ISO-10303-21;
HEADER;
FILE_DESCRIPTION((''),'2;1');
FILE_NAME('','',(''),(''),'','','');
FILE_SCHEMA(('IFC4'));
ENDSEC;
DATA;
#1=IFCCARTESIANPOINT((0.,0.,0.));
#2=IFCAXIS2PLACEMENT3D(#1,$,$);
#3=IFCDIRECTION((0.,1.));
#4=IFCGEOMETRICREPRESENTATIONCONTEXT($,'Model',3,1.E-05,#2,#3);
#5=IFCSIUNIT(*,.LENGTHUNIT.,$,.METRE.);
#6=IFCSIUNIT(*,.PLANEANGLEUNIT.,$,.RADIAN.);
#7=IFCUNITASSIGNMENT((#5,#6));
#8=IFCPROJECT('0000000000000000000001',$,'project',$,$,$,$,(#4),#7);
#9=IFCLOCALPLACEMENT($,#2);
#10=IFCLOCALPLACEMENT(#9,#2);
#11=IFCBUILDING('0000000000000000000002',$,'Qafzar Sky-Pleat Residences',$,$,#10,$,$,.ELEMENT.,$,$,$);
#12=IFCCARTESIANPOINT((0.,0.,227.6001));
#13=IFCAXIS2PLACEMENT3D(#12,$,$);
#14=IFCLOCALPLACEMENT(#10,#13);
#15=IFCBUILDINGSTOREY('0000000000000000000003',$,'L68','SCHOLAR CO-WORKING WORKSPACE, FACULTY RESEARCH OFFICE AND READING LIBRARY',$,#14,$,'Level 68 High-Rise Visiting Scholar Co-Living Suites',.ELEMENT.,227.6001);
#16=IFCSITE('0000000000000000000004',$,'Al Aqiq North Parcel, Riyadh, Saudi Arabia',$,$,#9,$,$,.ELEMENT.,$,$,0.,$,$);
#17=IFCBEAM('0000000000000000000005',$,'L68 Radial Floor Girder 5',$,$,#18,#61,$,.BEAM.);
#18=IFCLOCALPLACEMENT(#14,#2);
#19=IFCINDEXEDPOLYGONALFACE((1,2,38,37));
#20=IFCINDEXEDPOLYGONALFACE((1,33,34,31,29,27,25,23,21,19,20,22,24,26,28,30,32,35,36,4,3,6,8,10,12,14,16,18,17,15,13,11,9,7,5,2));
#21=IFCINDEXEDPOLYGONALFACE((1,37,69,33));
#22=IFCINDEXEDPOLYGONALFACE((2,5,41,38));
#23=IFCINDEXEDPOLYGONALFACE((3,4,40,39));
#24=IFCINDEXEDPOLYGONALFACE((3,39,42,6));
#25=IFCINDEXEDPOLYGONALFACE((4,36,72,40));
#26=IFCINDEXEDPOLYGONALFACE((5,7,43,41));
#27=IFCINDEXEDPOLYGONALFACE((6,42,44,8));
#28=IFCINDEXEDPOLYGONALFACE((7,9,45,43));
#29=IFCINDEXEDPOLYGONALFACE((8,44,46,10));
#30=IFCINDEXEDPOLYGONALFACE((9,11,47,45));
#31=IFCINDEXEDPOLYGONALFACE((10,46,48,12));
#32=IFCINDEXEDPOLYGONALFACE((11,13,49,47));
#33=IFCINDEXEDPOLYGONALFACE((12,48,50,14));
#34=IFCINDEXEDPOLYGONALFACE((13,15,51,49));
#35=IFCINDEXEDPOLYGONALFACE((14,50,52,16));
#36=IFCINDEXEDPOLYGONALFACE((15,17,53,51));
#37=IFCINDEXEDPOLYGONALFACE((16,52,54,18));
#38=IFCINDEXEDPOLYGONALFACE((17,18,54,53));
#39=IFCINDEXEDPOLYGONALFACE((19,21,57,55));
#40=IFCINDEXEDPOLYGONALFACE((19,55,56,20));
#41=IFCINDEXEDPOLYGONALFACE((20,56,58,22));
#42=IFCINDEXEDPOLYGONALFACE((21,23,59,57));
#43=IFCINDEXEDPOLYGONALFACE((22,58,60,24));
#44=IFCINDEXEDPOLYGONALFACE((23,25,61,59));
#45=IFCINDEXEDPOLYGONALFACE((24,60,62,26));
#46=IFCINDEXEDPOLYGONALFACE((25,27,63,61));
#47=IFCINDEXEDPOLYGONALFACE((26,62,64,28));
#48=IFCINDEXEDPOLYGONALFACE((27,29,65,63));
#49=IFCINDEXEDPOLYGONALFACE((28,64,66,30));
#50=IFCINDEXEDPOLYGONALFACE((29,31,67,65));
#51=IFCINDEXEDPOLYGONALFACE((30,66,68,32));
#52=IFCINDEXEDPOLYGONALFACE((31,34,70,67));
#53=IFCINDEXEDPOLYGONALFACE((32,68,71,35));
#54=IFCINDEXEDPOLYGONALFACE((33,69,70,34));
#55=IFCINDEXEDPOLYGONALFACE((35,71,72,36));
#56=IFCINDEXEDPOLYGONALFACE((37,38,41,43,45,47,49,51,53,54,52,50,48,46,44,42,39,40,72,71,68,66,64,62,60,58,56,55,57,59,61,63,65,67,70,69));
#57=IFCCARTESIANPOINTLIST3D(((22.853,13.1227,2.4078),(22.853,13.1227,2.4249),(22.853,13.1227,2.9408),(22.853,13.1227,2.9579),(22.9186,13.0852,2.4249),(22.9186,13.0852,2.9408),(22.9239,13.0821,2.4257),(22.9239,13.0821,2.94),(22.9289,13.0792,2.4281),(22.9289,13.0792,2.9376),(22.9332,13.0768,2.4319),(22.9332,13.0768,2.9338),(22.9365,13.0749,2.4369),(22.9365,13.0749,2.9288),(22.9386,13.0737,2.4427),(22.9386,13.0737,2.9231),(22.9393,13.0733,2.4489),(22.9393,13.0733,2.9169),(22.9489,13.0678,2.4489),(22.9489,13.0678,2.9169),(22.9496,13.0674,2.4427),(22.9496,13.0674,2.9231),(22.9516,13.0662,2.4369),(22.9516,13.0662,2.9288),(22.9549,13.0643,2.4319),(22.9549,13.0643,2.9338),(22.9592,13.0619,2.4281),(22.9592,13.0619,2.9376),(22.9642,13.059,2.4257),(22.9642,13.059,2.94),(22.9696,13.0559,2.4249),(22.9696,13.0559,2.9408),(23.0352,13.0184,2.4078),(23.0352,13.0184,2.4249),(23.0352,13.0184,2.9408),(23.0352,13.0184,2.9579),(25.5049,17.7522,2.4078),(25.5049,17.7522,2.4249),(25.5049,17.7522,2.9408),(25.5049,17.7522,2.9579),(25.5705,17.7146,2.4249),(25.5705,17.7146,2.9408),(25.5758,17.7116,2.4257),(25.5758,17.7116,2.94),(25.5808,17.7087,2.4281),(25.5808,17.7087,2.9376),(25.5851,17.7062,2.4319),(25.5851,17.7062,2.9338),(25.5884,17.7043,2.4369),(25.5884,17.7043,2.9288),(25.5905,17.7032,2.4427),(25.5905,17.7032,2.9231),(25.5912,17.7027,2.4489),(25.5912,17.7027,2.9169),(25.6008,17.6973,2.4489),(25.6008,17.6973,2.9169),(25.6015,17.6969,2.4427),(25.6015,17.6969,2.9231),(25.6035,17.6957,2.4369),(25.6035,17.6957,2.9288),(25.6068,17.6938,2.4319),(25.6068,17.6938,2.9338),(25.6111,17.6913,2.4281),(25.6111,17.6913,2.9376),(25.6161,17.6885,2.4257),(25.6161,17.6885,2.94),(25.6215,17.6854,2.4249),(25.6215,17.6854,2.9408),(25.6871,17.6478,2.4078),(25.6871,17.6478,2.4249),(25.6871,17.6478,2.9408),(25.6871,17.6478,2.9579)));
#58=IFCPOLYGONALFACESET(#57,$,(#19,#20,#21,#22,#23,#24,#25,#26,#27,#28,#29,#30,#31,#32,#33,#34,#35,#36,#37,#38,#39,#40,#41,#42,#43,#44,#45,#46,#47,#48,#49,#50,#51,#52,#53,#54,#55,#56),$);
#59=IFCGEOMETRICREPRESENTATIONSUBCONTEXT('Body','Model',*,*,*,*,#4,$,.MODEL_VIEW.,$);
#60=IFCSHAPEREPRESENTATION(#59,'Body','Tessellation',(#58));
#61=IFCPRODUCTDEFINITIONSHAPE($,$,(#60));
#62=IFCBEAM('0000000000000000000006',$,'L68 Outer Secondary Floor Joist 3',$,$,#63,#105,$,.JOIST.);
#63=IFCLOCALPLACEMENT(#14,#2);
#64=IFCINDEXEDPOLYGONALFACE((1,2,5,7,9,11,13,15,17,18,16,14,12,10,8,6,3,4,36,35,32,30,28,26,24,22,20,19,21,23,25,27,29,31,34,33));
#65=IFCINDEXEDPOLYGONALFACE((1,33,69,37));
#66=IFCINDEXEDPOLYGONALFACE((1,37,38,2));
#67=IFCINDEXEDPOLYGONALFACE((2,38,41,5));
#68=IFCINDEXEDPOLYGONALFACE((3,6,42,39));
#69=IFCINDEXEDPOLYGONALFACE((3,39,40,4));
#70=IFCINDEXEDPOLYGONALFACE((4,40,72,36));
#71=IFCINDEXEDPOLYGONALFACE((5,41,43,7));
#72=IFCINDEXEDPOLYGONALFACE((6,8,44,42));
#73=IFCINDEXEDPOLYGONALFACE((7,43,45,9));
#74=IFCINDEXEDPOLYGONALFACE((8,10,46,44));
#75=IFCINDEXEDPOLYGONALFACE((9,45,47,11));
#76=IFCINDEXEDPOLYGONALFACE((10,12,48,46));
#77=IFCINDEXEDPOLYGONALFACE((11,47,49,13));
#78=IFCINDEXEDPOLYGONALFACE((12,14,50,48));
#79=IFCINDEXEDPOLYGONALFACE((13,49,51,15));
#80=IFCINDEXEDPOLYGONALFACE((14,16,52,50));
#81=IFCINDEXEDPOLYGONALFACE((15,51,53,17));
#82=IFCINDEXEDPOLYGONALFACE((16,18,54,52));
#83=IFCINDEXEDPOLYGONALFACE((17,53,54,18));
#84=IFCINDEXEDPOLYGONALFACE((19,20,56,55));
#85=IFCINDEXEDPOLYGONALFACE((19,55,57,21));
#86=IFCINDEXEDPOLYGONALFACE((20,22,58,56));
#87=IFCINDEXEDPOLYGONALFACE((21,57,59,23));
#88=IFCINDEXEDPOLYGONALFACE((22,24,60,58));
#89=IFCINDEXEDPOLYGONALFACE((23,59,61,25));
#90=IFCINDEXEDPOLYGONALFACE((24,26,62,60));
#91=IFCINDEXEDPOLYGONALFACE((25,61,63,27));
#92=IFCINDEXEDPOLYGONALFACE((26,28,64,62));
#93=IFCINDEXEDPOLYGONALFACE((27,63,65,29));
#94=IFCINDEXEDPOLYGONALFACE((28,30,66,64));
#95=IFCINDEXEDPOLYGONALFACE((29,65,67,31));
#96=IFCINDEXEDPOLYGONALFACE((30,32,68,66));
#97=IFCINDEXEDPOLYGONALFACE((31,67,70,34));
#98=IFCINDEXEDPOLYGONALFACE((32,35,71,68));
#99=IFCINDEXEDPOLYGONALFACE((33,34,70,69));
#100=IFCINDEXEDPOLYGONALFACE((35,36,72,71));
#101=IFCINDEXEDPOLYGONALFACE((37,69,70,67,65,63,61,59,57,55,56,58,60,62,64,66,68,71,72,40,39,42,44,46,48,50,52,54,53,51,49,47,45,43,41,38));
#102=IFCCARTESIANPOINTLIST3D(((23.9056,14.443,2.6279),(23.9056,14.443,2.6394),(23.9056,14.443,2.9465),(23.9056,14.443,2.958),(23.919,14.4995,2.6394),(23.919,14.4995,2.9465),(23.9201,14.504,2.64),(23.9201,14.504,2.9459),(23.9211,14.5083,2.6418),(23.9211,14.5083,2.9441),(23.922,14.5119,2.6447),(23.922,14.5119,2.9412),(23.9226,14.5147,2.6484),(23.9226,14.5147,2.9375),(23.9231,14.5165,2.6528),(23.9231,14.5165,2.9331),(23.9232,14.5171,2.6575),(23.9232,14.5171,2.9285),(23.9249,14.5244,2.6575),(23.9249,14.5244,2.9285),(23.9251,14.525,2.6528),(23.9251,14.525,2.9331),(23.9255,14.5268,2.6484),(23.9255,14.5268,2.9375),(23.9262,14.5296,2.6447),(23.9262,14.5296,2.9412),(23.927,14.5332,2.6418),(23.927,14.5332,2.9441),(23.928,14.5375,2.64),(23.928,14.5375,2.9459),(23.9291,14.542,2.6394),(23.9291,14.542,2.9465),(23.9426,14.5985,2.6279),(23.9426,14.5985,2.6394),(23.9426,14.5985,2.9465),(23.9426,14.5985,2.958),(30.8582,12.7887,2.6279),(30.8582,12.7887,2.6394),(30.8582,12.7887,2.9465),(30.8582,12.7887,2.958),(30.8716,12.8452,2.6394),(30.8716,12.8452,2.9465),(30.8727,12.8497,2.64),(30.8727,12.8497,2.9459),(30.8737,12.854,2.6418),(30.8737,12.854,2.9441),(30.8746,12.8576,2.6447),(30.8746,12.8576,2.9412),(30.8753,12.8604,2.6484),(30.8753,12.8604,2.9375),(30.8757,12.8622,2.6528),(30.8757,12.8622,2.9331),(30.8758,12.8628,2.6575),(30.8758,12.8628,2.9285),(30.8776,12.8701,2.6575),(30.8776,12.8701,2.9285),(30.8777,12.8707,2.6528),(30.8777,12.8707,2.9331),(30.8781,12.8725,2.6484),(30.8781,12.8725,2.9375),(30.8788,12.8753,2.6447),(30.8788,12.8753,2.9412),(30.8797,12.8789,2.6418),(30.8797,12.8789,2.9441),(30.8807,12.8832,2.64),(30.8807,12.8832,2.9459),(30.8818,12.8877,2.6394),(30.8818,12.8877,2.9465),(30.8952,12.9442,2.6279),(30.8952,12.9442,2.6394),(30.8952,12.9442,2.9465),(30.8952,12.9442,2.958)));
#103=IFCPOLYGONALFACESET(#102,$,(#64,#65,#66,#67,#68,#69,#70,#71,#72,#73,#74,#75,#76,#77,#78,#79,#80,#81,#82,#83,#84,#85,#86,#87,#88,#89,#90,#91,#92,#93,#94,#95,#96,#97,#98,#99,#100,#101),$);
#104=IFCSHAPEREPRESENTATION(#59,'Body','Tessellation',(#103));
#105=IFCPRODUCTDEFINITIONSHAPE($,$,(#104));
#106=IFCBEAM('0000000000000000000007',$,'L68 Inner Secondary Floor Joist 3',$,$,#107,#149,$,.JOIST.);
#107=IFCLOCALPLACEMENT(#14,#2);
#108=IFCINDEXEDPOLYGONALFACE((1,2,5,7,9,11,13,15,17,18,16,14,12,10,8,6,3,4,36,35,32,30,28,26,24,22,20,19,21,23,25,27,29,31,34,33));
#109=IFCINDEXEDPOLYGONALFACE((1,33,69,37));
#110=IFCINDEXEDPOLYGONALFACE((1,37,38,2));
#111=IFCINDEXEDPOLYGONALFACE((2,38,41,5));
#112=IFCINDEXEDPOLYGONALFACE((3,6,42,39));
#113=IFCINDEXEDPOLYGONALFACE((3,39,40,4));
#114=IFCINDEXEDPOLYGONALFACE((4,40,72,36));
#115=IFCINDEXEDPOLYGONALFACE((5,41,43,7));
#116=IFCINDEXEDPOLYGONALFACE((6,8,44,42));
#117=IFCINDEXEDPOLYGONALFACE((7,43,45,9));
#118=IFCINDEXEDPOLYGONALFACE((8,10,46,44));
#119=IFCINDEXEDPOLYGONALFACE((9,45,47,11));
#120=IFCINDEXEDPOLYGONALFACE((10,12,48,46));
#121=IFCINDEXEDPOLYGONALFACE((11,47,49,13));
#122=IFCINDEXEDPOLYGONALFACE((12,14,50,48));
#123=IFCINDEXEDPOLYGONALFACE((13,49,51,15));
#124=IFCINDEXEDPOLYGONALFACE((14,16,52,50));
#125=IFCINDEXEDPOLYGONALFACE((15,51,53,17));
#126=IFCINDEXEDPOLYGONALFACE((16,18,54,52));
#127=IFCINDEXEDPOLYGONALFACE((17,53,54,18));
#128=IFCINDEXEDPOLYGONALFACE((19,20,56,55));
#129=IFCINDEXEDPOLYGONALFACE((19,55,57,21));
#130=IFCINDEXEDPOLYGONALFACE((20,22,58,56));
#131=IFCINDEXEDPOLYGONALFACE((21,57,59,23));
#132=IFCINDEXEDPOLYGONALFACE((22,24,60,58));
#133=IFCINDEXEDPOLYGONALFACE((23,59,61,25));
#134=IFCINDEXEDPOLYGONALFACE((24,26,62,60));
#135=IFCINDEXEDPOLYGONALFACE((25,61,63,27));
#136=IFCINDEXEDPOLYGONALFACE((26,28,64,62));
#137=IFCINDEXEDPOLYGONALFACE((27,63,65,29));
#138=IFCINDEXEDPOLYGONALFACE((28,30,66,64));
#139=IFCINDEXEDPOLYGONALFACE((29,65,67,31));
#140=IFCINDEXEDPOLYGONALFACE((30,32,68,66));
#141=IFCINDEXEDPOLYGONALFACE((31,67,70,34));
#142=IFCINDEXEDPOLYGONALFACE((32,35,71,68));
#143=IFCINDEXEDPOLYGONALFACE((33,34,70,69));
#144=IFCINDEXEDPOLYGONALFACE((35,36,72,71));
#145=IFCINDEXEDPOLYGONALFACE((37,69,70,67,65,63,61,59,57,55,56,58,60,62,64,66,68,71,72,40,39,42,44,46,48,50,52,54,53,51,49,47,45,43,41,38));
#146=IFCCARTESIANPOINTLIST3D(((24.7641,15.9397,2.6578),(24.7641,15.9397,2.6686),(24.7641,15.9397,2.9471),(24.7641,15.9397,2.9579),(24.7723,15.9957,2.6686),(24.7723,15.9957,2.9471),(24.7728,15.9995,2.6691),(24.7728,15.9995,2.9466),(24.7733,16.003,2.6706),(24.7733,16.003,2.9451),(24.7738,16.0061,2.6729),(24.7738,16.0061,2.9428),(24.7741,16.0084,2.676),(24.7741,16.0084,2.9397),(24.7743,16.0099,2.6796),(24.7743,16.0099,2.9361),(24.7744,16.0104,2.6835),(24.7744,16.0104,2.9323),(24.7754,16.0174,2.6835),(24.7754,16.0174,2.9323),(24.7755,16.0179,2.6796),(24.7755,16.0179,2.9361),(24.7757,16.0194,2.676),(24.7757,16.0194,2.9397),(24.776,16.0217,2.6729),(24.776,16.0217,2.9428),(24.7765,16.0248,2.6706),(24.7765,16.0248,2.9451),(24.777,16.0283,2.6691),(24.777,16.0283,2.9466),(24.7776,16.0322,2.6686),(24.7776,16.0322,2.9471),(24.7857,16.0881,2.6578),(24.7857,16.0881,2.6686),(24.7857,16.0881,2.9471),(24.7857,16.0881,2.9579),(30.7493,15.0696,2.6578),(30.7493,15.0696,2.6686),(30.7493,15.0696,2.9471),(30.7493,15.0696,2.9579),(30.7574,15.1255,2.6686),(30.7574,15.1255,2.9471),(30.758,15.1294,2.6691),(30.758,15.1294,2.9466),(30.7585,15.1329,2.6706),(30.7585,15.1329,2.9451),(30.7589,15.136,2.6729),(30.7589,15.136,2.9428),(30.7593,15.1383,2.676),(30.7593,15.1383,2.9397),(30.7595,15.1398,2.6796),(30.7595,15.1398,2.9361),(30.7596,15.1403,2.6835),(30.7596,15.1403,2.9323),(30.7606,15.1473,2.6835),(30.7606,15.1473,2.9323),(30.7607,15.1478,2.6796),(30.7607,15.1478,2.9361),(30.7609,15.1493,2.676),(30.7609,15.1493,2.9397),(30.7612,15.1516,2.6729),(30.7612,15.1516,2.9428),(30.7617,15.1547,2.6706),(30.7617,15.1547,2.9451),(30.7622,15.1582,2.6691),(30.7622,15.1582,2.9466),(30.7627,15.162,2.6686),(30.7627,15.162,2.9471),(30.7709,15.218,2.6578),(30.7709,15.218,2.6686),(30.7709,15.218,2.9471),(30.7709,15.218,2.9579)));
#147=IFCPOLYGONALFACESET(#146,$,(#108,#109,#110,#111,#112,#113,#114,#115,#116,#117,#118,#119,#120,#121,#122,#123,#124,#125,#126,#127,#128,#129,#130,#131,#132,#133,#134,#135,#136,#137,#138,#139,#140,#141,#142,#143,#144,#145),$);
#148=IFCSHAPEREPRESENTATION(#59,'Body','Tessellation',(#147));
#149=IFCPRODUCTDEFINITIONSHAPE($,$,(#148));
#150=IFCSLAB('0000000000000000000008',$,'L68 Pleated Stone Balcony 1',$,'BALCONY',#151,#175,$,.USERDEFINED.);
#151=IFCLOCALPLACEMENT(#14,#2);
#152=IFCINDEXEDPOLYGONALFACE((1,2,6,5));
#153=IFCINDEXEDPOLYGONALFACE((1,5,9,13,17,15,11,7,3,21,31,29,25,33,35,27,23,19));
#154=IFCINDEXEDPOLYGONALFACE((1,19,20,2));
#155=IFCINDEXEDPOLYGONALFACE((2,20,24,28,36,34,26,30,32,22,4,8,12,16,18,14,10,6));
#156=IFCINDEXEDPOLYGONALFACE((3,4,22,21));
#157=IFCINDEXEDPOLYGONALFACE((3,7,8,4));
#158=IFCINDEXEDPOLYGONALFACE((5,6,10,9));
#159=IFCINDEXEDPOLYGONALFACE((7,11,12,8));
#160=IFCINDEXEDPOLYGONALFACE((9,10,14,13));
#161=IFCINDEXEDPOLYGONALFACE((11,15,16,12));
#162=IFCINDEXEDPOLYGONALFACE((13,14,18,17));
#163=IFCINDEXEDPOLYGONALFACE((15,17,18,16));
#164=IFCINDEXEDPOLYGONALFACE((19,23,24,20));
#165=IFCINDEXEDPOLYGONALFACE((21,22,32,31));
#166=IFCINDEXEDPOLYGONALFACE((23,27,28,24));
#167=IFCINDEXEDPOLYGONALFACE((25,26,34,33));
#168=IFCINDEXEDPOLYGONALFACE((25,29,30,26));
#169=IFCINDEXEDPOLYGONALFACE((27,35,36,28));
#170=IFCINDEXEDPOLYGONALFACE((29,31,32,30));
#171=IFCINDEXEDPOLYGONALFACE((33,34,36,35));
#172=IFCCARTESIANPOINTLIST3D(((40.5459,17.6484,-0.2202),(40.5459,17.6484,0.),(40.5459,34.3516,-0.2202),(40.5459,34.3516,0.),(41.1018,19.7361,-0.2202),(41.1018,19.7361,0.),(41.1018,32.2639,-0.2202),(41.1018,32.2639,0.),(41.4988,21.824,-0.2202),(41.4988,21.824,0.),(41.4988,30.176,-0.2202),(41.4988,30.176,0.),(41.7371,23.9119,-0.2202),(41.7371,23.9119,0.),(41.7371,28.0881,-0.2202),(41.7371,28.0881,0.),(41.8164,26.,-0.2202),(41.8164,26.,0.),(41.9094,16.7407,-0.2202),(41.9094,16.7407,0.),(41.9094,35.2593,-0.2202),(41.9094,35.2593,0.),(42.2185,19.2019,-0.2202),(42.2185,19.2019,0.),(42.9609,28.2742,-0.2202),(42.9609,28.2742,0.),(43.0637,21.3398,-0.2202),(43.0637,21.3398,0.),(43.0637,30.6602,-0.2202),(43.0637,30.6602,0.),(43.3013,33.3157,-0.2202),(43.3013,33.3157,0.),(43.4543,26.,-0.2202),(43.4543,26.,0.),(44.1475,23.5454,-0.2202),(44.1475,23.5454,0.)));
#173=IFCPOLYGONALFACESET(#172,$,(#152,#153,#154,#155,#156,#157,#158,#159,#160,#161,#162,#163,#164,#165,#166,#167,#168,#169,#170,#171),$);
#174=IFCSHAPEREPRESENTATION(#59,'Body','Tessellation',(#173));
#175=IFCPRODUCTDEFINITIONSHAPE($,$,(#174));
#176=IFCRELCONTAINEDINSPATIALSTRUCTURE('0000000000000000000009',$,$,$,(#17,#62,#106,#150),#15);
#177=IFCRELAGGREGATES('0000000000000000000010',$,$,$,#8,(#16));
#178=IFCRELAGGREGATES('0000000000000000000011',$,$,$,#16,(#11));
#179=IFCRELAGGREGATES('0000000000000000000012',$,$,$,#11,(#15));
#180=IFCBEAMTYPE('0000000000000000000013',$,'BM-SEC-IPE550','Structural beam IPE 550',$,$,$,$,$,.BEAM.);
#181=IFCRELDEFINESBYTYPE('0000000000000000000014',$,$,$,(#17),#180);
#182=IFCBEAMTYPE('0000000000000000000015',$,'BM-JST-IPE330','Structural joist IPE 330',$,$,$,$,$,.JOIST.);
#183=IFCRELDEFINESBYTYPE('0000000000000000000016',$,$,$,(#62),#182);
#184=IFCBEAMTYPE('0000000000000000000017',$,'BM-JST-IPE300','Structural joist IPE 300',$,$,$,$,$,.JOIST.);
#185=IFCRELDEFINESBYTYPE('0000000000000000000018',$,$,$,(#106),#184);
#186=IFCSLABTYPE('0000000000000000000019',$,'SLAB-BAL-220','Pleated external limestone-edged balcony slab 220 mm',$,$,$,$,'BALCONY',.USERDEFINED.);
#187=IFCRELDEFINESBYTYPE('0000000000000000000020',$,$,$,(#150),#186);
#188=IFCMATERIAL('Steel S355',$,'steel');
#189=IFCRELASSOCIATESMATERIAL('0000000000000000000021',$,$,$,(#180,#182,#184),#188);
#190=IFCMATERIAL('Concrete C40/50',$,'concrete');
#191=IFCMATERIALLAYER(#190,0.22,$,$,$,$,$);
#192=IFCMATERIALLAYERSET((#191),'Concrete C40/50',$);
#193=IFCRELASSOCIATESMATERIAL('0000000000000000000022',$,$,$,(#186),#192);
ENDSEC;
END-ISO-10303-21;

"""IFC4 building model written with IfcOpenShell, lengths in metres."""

from ifc_helpers import new_model, si_unit, direction, frame, origin, origin_2d, place, context, subcontext, project, spatial, polyline, i_section, outline, extrude, source, transform, mapped, material, layer, layer_set, material_profile, profile_set, type_object, element, save


model = new_model("IFC4")

# Units and contexts
model_context = context("Model", 3, precision=1e-05, world=origin(), true_north=direction((0.0, 1.0)))
body_context = subcontext(model_context, "Body", "Model", "MODEL_VIEW")
ifc_project = project(units=[si_unit("LENGTHUNIT", "METRE"), si_unit("PLANEANGLEUNIT", "RADIAN")], contexts=[model_context])

# Site, building, storey
site_placement = place(None, origin())
site = spatial("IfcSite", under=ifc_project, at=site_placement, Name="Al Aqiq North Parcel, Riyadh, Saudi Arabia", CompositionType="ELEMENT", RefElevation=0.0)
building_placement = place(site_placement, origin())
building = spatial("IfcBuilding", under=site, at=building_placement, Name="Qafzar Sky-Pleat Residences", CompositionType="ELEMENT")
storey_placement = place(building_placement, frame((0.0, 0.0, 227.6001)))
storey = spatial("IfcBuildingStorey", under=building, at=storey_placement, Name="L68", Description="SCHOLAR CO-WORKING WORKSPACE, FACULTY RESEARCH OFFICE AND READING LIBRARY", LongName="Level 68 High-Rise Visiting Scholar Co-Living Suites", CompositionType="ELEMENT", Elevation=227.6001)

# Shared definitions
ifc_material_1 = material(Name="Steel S355", Category="steel")

# Beams
ifc_material_profile_1 = material_profile(ifc_material_1, i_section(OverallWidth=0.21, OverallDepth=0.55, WebThickness=0.011, FlangeThickness=0.0171, FilletRadius=0.0239, at=origin_2d()), Name="IPE 550")
ifc_profile_set_1 = profile_set([ifc_material_profile_1], Name="Steel S355")
beam_type_1 = type_object("IfcBeamType", Name="BM-SEC-IPE550", Description="Structural beam IPE 550", PredefinedType="BEAM", material=ifc_profile_set_1)
shared_shape_1 = source(origin(), body_context, "Body", "SweptSolid", [
    extrude(i_section(OverallWidth=0.21, OverallDepth=0.55, WebThickness=0.011, FlangeThickness=0.0171, FilletRadius=0.0239, at=origin_2d()), origin(), (0.0, 0.0, 1.0), 5.3352),
])
beam_1_placement = place(storey_placement, frame((22.9441, 13.0706, 2.6829), z_axis=(0.497055, 0.867719, 0.0), x_axis=(-0.867719, 0.497055, 0.0)))
element("IfcBeam", 1, at=beam_1_placement, inside=storey, type_object=beam_type_1, Name="L68 Radial Floor Girder 5", PredefinedType="BEAM", context=body_context, shape_type="MappedRepresentation", body=[
    mapped(shared_shape_1, transform((0.0, 0.0, 0.0), x_axis=(1.0, 0.0, 0.0), y_axis=(0.0, 1.0, 0.0), z_axis=(0.0, 0.0, 1.0), scale=1.0)),
])
ifc_material_profile_2 = material_profile(ifc_material_1, i_section(OverallWidth=0.1599, OverallDepth=0.3301, WebThickness=0.0076, FlangeThickness=0.0115, FilletRadius=0.0181, at=origin_2d()), Name="IPE 330")
ifc_profile_set_2 = profile_set([ifc_material_profile_2], Name="Steel S355")
beam_type_2 = type_object("IfcBeamType", Name="BM-JST-IPE330", Description="Structural joist IPE 330", PredefinedType="JOIST", material=ifc_profile_set_2)
shared_shape_2 = source(origin(), body_context, "Body", "SweptSolid", [
    extrude(i_section(OverallWidth=0.1599, OverallDepth=0.3301, WebThickness=0.0076, FlangeThickness=0.0115, FilletRadius=0.0181, at=origin_2d()), origin(), (0.0, 0.0, 1.0), 7.1467),
])
beam_2_placement = place(storey_placement, frame((23.9241, 14.5208, 2.793), z_axis=(0.972841, -0.231476, 0.0), x_axis=(0.231476, 0.972841, 0.0)))
element("IfcBeam", 2, at=beam_2_placement, inside=storey, type_object=beam_type_2, Name="L68 Outer Secondary Floor Joist 3", PredefinedType="JOIST", context=body_context, shape_type="MappedRepresentation", body=[
    mapped(shared_shape_2, transform((0.0, 0.0, 0.0), x_axis=(1.0, 0.0, 0.0), y_axis=(0.0, 1.0, 0.0), z_axis=(0.0, 0.0, 1.0), scale=1.0)),
])
ifc_material_profile_3 = material_profile(ifc_material_1, i_section(OverallWidth=0.1499, OverallDepth=0.3, WebThickness=0.0071, FlangeThickness=0.0107, FilletRadius=0.0149, at=origin_2d()), Name="IPE 300")
ifc_profile_set_3 = profile_set([ifc_material_profile_3], Name="Steel S355")
beam_type_3 = type_object("IfcBeamType", Name="BM-JST-IPE300", Description="Structural joist IPE 300", PredefinedType="JOIST", material=ifc_profile_set_3)
shared_shape_3 = source(origin(), body_context, "Body", "SweptSolid", [
    extrude(i_section(OverallWidth=0.1499, OverallDepth=0.3, WebThickness=0.0071, FlangeThickness=0.0107, FilletRadius=0.0149, at=origin_2d()), origin(), (0.0, 0.0, 1.0), 6.0481),
])
beam_3_placement = place(storey_placement, frame((24.7749, 16.0139, 2.8079), z_axis=(0.989597, -0.143868, 0.0), x_axis=(0.143868, 0.989597, 0.0)))
element("IfcBeam", 3, at=beam_3_placement, inside=storey, type_object=beam_type_3, Name="L68 Inner Secondary Floor Joist 3", PredefinedType="JOIST", context=body_context, shape_type="MappedRepresentation", body=[
    mapped(shared_shape_3, transform((0.0, 0.0, 0.0), x_axis=(1.0, 0.0, 0.0), y_axis=(0.0, 1.0, 0.0), z_axis=(0.0, 0.0, 1.0), scale=1.0)),
])

# Slab
ifc_material_2 = material(Name="Concrete C40/50", Category="concrete")
ifc_layer_1 = layer(ifc_material_2, 0.22)
ifc_layer_set_1 = layer_set([ifc_layer_1], Name="Concrete C40/50")
slab_type_1 = type_object("IfcSlabType", Name="SLAB-BAL-220", Description="Pleated external limestone-edged balcony slab 220 mm", ElementType="BALCONY", PredefinedType="USERDEFINED", material=ifc_layer_set_1)
slab_1_placement = place(storey_placement, frame((0.0, 0.0, -0.2202)))
element("IfcSlab", 4, at=slab_1_placement, inside=storey, type_object=slab_type_1, Name="L68 Pleated Stone Balcony 1", ObjectType="BALCONY", PredefinedType="USERDEFINED", context=body_context, shape_type="SweptSolid", body=[
    extrude(outline(polyline([(41.1018, 19.7361), (41.4988, 21.824), (41.7371, 23.9119), (41.8164, 26.0), (41.7371, 28.0881), (41.4988, 30.176), (41.1018, 32.2639), (40.5459, 34.3516), (41.9094, 35.2593), (43.3013, 33.3157), (43.0637, 30.6602), (42.9609, 28.2742), (43.4543, 26.0), (44.1475, 23.5454), (43.0637, 21.3398), (42.2185, 19.2019), (41.9094, 16.7407), (40.5459, 17.6484), (41.1018, 19.7361)])), origin(), (0.0, 0.0, 1.0), 0.2202),
])

save(model, "model.ifc")
